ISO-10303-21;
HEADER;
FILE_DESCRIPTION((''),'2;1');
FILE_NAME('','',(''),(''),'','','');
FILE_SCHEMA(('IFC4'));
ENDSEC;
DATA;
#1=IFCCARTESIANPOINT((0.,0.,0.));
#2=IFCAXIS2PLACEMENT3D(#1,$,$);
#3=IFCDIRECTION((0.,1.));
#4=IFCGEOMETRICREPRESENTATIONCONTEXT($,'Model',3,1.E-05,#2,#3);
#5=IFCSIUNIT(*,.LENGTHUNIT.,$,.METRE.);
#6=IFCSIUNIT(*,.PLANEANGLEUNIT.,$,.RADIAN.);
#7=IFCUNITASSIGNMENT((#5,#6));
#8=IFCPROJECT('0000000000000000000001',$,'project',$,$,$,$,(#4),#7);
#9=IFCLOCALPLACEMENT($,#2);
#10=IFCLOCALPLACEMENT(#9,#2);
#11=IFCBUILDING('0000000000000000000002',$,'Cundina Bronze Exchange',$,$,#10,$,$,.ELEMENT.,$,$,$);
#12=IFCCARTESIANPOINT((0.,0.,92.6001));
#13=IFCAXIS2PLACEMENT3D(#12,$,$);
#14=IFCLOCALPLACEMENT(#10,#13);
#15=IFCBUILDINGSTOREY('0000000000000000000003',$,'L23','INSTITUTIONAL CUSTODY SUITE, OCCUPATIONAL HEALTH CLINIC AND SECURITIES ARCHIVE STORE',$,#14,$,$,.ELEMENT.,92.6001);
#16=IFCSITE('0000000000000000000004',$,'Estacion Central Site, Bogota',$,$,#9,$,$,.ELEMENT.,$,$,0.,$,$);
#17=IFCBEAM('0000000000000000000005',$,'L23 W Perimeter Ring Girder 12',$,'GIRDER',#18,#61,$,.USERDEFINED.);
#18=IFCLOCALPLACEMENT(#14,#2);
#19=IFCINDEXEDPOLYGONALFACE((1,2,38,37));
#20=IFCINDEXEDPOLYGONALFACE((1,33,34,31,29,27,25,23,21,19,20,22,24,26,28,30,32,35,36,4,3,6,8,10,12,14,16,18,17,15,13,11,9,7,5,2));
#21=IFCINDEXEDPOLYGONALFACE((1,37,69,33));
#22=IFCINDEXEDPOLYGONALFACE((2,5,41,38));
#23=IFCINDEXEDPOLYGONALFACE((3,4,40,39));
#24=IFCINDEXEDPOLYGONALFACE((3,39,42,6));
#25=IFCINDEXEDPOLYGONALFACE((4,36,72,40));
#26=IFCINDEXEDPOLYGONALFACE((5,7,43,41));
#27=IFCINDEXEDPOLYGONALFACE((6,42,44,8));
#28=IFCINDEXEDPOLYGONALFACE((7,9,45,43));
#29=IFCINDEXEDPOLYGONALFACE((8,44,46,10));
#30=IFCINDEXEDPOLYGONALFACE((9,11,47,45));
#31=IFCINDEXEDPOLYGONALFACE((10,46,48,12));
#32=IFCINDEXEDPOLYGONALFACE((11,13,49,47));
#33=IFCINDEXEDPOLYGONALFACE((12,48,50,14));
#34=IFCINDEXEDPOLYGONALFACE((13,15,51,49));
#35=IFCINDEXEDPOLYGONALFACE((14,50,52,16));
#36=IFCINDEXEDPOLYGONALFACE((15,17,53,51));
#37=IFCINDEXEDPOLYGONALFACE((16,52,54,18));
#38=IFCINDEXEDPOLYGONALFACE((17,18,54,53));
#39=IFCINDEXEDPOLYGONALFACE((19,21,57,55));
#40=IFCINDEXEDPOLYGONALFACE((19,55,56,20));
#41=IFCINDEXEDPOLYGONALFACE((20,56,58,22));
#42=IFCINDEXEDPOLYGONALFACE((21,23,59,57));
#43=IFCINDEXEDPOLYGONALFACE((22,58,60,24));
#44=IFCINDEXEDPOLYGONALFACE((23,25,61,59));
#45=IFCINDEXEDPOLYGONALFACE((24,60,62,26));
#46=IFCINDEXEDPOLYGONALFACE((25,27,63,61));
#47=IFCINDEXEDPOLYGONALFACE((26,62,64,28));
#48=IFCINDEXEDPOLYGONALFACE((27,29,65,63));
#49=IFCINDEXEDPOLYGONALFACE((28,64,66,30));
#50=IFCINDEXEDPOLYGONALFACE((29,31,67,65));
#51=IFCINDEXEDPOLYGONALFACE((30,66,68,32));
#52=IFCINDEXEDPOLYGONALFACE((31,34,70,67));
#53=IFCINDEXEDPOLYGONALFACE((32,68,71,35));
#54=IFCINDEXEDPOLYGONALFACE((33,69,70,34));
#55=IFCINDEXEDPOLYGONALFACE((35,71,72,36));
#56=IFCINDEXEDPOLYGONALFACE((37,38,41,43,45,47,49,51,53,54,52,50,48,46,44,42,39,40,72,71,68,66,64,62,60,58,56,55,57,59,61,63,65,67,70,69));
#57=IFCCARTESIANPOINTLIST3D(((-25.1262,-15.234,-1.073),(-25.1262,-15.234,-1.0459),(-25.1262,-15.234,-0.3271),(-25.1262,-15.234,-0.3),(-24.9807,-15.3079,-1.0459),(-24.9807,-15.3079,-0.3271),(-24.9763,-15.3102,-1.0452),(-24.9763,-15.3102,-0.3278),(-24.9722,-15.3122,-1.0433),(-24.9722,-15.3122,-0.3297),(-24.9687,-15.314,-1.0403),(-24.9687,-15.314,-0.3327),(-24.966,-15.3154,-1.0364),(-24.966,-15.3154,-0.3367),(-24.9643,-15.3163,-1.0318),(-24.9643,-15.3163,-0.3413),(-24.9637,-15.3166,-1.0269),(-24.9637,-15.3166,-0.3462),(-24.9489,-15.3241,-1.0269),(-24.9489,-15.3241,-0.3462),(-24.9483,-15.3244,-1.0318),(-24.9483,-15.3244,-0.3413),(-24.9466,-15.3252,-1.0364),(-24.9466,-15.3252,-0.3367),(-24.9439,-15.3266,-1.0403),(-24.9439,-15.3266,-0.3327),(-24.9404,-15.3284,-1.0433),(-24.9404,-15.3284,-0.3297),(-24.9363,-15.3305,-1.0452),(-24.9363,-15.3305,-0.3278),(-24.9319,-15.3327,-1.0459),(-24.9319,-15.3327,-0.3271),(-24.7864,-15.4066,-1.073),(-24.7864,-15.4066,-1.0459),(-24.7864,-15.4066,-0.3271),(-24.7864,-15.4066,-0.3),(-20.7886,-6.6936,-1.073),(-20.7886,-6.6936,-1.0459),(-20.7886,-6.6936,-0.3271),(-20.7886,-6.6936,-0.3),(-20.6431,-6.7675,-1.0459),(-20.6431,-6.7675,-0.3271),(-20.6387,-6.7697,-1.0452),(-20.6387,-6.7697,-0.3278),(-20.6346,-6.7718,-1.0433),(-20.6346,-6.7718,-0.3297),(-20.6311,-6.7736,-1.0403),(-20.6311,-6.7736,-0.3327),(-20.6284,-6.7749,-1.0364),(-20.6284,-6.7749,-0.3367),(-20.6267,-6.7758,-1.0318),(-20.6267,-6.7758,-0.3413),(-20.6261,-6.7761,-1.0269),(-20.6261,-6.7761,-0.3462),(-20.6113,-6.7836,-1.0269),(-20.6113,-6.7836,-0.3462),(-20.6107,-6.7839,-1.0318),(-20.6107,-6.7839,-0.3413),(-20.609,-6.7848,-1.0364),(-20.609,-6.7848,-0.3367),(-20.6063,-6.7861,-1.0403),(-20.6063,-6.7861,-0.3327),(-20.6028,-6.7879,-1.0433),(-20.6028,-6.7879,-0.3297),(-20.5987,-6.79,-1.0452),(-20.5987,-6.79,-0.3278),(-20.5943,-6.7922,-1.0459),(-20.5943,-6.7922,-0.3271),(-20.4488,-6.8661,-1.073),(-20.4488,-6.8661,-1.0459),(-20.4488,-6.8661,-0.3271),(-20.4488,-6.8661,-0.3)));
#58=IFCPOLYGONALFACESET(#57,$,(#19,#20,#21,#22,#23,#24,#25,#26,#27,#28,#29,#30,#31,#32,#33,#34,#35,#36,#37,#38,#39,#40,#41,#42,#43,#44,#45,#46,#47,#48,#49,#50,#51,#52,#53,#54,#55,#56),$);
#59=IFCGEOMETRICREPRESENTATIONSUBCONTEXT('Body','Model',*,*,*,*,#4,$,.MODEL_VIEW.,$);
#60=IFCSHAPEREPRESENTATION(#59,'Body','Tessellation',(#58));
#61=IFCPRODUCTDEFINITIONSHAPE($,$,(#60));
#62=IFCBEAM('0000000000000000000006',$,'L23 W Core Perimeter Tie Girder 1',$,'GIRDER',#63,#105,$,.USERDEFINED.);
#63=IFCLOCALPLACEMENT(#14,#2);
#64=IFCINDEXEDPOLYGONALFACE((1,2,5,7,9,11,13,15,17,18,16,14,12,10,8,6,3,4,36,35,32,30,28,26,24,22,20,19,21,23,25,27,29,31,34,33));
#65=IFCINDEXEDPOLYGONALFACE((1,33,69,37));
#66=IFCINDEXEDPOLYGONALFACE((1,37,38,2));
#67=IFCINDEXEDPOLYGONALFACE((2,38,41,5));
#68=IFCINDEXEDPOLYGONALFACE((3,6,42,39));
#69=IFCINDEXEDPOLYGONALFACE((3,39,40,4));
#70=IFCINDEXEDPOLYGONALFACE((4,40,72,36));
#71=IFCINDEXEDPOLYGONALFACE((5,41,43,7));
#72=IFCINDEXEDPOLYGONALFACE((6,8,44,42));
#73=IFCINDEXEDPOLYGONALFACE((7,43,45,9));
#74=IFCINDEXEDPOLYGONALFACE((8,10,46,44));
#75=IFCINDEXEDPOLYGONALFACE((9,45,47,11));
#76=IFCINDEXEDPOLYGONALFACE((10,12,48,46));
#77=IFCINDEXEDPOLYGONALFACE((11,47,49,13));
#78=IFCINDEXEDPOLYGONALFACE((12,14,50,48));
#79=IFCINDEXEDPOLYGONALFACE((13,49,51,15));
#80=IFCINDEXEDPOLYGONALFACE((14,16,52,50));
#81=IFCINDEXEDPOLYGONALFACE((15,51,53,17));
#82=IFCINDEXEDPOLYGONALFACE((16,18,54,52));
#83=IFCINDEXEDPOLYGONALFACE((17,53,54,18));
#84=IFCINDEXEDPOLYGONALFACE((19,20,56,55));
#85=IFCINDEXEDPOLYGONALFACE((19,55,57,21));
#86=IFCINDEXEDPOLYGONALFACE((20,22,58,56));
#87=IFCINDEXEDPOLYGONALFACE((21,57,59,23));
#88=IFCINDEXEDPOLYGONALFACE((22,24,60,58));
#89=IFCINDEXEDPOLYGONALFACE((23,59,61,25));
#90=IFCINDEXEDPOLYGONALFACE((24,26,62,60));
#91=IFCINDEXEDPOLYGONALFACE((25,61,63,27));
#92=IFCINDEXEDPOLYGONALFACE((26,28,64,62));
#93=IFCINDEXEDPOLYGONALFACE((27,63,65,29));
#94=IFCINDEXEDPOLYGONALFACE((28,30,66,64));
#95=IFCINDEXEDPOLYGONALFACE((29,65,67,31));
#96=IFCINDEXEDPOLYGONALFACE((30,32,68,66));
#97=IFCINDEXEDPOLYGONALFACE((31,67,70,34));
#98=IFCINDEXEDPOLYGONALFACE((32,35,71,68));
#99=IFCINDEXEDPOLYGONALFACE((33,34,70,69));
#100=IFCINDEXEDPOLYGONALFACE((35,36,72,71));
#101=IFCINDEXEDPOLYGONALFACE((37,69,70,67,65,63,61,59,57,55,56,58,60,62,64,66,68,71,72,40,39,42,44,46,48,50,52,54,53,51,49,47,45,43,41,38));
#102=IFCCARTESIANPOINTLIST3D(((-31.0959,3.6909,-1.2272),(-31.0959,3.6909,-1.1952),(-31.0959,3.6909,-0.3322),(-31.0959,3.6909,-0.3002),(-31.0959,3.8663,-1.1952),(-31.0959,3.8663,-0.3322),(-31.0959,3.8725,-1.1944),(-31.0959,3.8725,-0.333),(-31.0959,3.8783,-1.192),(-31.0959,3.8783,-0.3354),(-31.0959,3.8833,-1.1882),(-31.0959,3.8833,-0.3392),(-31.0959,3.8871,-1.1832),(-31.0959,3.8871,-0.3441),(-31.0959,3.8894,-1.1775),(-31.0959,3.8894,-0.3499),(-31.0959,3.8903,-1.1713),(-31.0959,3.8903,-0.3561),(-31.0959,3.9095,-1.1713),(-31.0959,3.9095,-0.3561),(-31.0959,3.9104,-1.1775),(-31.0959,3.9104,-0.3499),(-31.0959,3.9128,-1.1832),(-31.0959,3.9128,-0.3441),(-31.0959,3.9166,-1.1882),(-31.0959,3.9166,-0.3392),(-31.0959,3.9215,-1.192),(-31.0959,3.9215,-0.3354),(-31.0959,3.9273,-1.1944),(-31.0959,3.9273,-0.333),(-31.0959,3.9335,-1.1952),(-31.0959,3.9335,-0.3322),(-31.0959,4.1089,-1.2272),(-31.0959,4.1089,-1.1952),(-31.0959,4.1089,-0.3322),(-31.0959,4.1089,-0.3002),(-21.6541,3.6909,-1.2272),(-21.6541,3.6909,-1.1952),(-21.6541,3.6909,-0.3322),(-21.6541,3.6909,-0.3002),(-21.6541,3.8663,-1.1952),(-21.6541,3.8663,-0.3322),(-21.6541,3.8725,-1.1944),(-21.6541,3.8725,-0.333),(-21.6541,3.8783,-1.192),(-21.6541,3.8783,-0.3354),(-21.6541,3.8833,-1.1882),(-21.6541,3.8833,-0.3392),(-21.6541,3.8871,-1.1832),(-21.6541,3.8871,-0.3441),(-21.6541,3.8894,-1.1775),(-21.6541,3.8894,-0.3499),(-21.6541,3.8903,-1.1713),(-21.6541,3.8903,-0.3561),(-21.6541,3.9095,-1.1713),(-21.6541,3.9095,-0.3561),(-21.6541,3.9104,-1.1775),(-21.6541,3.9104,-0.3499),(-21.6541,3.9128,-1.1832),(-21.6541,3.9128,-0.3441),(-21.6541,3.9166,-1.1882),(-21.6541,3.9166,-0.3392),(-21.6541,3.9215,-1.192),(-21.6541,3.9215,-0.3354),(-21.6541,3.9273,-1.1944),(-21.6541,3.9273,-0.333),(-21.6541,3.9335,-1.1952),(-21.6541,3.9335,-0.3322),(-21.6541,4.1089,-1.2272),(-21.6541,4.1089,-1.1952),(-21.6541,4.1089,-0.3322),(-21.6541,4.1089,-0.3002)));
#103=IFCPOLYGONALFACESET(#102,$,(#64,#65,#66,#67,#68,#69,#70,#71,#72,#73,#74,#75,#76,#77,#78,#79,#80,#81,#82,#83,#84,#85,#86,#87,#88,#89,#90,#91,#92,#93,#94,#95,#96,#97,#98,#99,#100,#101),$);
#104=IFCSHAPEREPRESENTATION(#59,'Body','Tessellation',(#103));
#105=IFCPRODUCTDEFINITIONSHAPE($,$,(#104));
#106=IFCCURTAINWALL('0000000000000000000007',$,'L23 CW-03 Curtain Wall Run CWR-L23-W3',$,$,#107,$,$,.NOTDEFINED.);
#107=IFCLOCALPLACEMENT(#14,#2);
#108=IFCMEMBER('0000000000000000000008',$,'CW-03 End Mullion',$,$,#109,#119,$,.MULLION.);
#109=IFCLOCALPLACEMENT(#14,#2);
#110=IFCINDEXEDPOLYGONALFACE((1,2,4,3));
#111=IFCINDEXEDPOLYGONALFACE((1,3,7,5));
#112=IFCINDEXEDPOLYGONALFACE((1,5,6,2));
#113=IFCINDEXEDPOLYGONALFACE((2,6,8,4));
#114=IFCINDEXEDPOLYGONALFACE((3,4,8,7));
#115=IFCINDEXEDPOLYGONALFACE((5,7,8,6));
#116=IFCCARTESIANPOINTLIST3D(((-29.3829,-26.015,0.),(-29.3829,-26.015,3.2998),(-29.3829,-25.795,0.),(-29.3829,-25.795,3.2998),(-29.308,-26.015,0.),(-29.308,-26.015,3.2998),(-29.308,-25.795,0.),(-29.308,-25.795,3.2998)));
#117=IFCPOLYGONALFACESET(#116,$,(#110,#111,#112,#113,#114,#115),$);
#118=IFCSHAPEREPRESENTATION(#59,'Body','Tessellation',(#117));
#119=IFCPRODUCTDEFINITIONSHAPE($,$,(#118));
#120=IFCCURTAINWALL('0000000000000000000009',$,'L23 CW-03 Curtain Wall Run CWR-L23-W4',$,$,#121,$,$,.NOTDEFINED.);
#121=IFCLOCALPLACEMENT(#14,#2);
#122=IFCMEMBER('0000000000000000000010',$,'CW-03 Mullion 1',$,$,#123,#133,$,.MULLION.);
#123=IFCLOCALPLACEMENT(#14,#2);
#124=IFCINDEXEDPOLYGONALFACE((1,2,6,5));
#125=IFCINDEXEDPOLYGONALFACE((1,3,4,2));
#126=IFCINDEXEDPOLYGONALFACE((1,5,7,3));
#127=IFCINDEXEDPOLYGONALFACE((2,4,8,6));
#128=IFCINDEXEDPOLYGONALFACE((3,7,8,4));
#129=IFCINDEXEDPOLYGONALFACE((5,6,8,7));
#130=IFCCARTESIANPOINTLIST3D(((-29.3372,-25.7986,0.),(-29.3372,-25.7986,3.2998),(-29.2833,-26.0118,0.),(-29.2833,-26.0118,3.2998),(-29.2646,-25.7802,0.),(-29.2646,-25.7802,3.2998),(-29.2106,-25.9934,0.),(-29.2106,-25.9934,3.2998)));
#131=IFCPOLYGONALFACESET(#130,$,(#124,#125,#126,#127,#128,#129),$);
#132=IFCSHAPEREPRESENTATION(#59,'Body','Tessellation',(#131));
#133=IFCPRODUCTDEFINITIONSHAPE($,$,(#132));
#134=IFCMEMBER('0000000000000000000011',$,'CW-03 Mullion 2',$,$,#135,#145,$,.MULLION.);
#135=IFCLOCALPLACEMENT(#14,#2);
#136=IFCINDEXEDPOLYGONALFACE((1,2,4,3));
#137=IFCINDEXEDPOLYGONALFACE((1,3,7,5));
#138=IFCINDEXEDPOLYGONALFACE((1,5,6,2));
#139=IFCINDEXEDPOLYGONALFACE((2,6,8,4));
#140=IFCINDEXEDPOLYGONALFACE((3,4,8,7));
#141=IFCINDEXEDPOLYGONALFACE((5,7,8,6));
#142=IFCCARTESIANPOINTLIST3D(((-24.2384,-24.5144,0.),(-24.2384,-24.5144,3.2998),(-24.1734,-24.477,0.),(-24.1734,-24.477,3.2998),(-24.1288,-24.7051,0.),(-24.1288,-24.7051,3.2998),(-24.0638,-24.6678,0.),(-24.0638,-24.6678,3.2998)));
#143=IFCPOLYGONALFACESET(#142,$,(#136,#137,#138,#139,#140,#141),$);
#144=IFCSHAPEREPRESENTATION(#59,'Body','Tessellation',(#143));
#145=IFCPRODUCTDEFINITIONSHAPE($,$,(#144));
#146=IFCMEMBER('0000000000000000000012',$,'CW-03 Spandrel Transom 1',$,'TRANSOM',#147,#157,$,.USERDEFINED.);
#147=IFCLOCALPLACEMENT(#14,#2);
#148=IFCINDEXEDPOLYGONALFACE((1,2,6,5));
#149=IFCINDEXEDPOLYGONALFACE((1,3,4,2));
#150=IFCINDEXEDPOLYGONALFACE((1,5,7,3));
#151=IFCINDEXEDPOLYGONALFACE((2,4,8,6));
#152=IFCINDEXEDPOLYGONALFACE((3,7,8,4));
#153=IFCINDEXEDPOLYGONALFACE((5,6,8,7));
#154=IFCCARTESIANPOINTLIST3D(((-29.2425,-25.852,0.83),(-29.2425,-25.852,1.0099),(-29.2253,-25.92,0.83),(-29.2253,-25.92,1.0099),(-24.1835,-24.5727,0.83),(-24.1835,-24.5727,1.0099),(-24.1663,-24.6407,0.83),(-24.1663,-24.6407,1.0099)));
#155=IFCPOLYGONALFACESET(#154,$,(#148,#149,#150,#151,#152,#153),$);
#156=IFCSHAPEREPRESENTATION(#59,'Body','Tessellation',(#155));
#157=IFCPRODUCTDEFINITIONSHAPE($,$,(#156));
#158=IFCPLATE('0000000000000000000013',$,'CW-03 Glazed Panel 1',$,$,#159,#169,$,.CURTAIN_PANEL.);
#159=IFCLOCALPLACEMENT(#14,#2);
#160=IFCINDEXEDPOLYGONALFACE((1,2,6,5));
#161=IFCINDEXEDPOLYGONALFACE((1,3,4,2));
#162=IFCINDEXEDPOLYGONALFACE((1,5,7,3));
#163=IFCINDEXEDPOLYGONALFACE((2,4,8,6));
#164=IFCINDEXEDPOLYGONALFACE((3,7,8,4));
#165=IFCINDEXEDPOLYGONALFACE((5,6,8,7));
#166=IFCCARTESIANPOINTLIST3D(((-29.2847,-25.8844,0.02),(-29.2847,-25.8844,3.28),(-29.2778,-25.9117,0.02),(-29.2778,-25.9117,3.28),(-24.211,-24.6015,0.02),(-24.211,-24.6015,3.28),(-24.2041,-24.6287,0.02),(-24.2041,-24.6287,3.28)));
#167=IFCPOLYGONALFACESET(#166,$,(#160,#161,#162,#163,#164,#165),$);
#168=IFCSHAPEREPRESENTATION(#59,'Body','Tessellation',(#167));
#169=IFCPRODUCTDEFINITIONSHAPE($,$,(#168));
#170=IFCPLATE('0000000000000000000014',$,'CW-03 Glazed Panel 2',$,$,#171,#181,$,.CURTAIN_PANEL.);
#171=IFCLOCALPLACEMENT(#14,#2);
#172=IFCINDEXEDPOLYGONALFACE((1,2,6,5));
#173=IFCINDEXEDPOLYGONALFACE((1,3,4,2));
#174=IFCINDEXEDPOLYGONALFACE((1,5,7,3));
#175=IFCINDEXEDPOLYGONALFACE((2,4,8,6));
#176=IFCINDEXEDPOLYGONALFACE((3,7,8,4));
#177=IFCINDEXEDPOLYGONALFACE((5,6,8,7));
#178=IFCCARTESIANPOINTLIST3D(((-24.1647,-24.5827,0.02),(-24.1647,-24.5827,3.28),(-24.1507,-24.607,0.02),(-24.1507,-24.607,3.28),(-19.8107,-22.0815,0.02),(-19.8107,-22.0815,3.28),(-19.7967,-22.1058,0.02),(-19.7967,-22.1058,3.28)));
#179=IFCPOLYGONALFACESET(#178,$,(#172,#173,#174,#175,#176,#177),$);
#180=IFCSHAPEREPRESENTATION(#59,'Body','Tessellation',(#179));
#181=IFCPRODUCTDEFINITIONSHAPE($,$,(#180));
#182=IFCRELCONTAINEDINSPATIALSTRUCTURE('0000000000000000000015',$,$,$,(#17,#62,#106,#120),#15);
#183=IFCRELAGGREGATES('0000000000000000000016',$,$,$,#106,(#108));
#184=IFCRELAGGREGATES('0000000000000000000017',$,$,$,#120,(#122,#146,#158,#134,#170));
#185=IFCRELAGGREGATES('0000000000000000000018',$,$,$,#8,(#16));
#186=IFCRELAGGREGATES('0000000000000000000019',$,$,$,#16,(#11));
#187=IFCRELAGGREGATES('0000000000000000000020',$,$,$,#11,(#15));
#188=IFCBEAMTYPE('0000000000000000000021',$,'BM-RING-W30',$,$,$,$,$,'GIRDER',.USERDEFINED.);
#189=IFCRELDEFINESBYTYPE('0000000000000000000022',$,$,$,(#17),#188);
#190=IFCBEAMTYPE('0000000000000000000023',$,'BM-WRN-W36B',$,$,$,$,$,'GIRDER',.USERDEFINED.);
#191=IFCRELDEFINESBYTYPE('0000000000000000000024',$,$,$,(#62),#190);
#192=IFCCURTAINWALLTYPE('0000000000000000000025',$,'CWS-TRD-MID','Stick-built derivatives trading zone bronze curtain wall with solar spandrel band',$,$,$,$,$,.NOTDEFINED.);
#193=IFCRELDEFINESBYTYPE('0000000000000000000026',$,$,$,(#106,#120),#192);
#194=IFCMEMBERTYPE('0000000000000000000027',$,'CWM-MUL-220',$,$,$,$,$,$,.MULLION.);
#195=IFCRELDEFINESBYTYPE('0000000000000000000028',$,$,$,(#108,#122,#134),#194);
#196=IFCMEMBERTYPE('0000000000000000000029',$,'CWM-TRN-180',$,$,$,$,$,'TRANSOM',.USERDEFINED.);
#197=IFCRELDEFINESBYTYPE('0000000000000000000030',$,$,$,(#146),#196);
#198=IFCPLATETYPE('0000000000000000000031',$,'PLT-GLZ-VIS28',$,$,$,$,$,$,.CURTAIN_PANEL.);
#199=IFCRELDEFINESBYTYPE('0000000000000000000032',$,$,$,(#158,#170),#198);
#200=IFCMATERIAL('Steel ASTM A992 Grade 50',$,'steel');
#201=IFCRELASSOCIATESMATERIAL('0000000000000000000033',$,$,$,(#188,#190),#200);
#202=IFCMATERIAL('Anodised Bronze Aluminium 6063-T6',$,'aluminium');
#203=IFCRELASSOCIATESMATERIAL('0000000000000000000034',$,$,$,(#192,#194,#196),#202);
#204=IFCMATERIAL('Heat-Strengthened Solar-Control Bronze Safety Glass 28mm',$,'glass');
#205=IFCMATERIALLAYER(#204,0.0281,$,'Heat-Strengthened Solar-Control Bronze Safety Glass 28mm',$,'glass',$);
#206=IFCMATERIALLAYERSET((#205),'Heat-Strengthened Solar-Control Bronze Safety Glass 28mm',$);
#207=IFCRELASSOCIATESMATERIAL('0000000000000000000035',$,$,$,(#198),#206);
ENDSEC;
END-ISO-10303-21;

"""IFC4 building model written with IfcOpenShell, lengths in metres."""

from ifc_helpers import new_model, si_unit, direction, frame, origin, origin_2d, place, context, subcontext, project, spatial, rectangle, i_section, extrude, material, layer, layer_set, material_profile, profile_set, type_object, element, aggregate, save


model = new_model("IFC4")

# Units and contexts
model_context = context("Model", 3, precision=1e-05, world=origin(), true_north=direction((0.0, 1.0)))
body_context = subcontext(model_context, "Body", "Model", "MODEL_VIEW")
ifc_project = project(units=[si_unit("LENGTHUNIT", "METRE"), si_unit("PLANEANGLEUNIT", "RADIAN")], contexts=[model_context])

# Site, building, storey
site_placement = place(None, origin())
site = spatial("IfcSite", under=ifc_project, at=site_placement, Name="Estacion Central Site, Bogota", CompositionType="ELEMENT", RefElevation=0.0)
building_placement = place(site_placement, origin())
building = spatial("IfcBuilding", under=site, at=building_placement, Name="Cundina Bronze Exchange", CompositionType="ELEMENT")
storey_placement = place(building_placement, frame((0.0, 0.0, 92.6001)))
storey = spatial("IfcBuildingStorey", under=building, at=storey_placement, Name="L23", Description="INSTITUTIONAL CUSTODY SUITE, OCCUPATIONAL HEALTH CLINIC AND SECURITIES ARCHIVE STORE", CompositionType="ELEMENT", Elevation=92.6001)

# Shared definitions
ifc_material_1 = material(Name="Steel ASTM A992 Grade 50", Category="steel")

# Beams
ifc_material_profile_1 = material_profile(ifc_material_1, i_section(OverallWidth=0.3811, OverallDepth=0.7729, WebThickness=0.0166, FlangeThickness=0.0271, FilletRadius=0.019, at=origin_2d()), Name="W30X173", Category="steel")
ifc_profile_set_1 = profile_set([ifc_material_profile_1], Name="Steel ASTM A992 Grade 50")
beam_type_1 = type_object("IfcBeamType", Name="BM-RING-W30", ElementType="GIRDER", PredefinedType="USERDEFINED", material=ifc_profile_set_1)
beam_1_placement = place(storey_placement, frame((-24.9563, -15.3203, -0.6865), z_axis=(0.452832, 0.891596, 0.0), x_axis=(-0.891596, 0.452832, 0.0)))
element("IfcBeam", 1, at=beam_1_placement, inside=storey, type_object=beam_type_1, Name="L23 W Perimeter Ring Girder 12", ObjectType="GIRDER", PredefinedType="USERDEFINED", context=body_context, shape_type="SweptSolid", body=[
    extrude(i_section(OverallWidth=0.3811, OverallDepth=0.7729, WebThickness=0.0166, FlangeThickness=0.0271, FilletRadius=0.019, at=origin_2d()), origin(), (0.0, 0.0, 1.0), 9.5789),
])
ifc_material_profile_2 = material_profile(ifc_material_1, i_section(OverallWidth=0.418, OverallDepth=0.927, WebThickness=0.0193, FlangeThickness=0.032, FilletRadius=0.0239, at=origin_2d()), Name="W36X231", Category="steel")
ifc_profile_set_2 = profile_set([ifc_material_profile_2], Name="Steel ASTM A992 Grade 50")
beam_type_2 = type_object("IfcBeamType", Name="BM-WRN-W36B", ElementType="GIRDER", PredefinedType="USERDEFINED", material=ifc_profile_set_2)
beam_2_placement = place(storey_placement, frame((-31.0959, 3.8999, -0.7637), z_axis=(1.0, 0.0, 0.0), x_axis=(0.0, 1.0, 0.0)))
element("IfcBeam", 2, at=beam_2_placement, inside=storey, type_object=beam_type_2, Name="L23 W Core Perimeter Tie Girder 1", ObjectType="GIRDER", PredefinedType="USERDEFINED", context=body_context, shape_type="SweptSolid", body=[
    extrude(i_section(OverallWidth=0.418, OverallDepth=0.927, WebThickness=0.0193, FlangeThickness=0.032, FilletRadius=0.0239, at=origin_2d()), origin(), (0.0, 0.0, 1.0), 9.4419),
])

# Curtain wall, member
ifc_material_2 = material(Name="Anodised Bronze Aluminium 6063-T6", Category="aluminium")
curtain_wall_type = type_object("IfcCurtainWallType", Name="CWS-TRD-MID", Description="Stick-built derivatives trading zone bronze curtain wall with solar spandrel band", PredefinedType="NOTDEFINED", material=ifc_material_2)
curtain_wall_1_placement = place(storey_placement, origin())
curtain_wall_1 = element("IfcCurtainWall", 3, at=curtain_wall_1_placement, inside=storey, type_object=curtain_wall_type, Name="L23 CW-03 Curtain Wall Run CWR-L23-W3", PredefinedType="NOTDEFINED")
ifc_material_profile_3 = material_profile(ifc_material_2, rectangle(XDim=0.075, YDim=0.22, at=origin_2d()), Name="AL75X220", Category="aluminium")
ifc_profile_set_3 = profile_set([ifc_material_profile_3], Name="Anodised Bronze Aluminium 6063-T6")
member_type_1 = type_object("IfcMemberType", Name="CWM-MUL-220", PredefinedType="MULLION", material=ifc_profile_set_3)
member_1_placement = place(storey_placement, frame((-29.3455, -25.905, 0.0), z_axis=(0.0, 0.0, 1.0), x_axis=(1.0, 0.0, 0.0)))
member_1 = element("IfcMember", 4, at=member_1_placement, type_object=member_type_1, Name="CW-03 End Mullion", PredefinedType="MULLION", context=body_context, shape_type="SweptSolid", body=[
    extrude(rectangle(XDim=0.075, YDim=0.22, at=origin_2d()), origin(), (0.0, 0.0, 1.0), 3.2998),
])
aggregate(curtain_wall_1, [member_1])

# Curtain wall, members, plates
curtain_wall_2_placement = place(storey_placement, origin())
curtain_wall_2 = element("IfcCurtainWall", 5, at=curtain_wall_2_placement, inside=storey, type_object=curtain_wall_type, Name="L23 CW-03 Curtain Wall Run CWR-L23-W4", PredefinedType="NOTDEFINED")
member_2_placement = place(storey_placement, frame((-29.2739, -25.896, 0.0), z_axis=(0.0, 0.0, 1.0), x_axis=(0.969488, 0.245138, 0.0)))
member_2 = element("IfcMember", 6, at=member_2_placement, type_object=member_type_1, Name="CW-03 Mullion 1", PredefinedType="MULLION", context=body_context, shape_type="SweptSolid", body=[
    extrude(rectangle(XDim=0.075, YDim=0.22, at=origin_2d()), origin(), (0.0, 0.0, 1.0), 3.2998),
])
member_3_placement = place(storey_placement, frame((-24.1511, -24.5911, 0.0), z_axis=(0.0, 0.0, 1.0), x_axis=(0.867071, 0.498185, 0.0)))
member_3 = element("IfcMember", 7, at=member_3_placement, type_object=member_type_1, Name="CW-03 Mullion 2", PredefinedType="MULLION", context=body_context, shape_type="SweptSolid", body=[
    extrude(rectangle(XDim=0.075, YDim=0.22, at=origin_2d()), origin(), (0.0, 0.0, 1.0), 3.2998),
])
ifc_material_profile_4 = material_profile(ifc_material_2, rectangle(XDim=0.0701, YDim=0.1799, at=origin_2d()), Name="AL70X180", Category="aluminium")
ifc_profile_set_4 = profile_set([ifc_material_profile_4], Name="Anodised Bronze Aluminium 6063-T6")
member_type_2 = type_object("IfcMemberType", Name="CWM-TRN-180", ElementType="TRANSOM", PredefinedType="USERDEFINED", material=ifc_profile_set_4)
member_4_placement = place(storey_placement, frame((-29.2339, -25.886, 0.9199), z_axis=(0.969484, 0.245155, 0.0), x_axis=(-0.245155, 0.969484, 0.0)))
member_4 = element("IfcMember", 8, at=member_4_placement, type_object=member_type_2, Name="CW-03 Spandrel Transom 1", ObjectType="TRANSOM", PredefinedType="USERDEFINED", context=body_context, shape_type="SweptSolid", body=[
    extrude(rectangle(XDim=0.0701, YDim=0.1799, at=origin_2d()), origin(), (0.0, 0.0, 1.0), 5.2183),
])
ifc_material_3 = material(Name="Heat-Strengthened Solar-Control Bronze Safety Glass 28mm", Category="glass")
ifc_layer_1 = layer(ifc_material_3, 0.0281, Name="Heat-Strengthened Solar-Control Bronze Safety Glass 28mm", Category="glass")
ifc_layer_set_1 = layer_set([ifc_layer_1], Name="Heat-Strengthened Solar-Control Bronze Safety Glass 28mm")
plate_type = type_object("IfcPlateType", Name="PLT-GLZ-VIS28", PredefinedType="CURTAIN_PANEL", material=ifc_layer_set_1)
plate_1_placement = place(storey_placement, frame((-26.7444, -25.2566, 0.02), z_axis=(0.0, 0.0, 1.0), x_axis=(0.969488, 0.245138, 0.0)))
plate_1 = element("IfcPlate", 9, at=plate_1_placement, type_object=plate_type, Name="CW-03 Glazed Panel 1", PredefinedType="CURTAIN_PANEL", context=body_context, shape_type="SweptSolid", body=[
    extrude(rectangle(XDim=5.2334, YDim=0.0281, at=origin_2d()), origin(), (0.0, 0.0, 1.0), 3.26),
])
plate_2_placement = place(storey_placement, frame((-21.9807, -23.3442, 0.02), z_axis=(0.0, 0.0, 1.0), x_axis=(0.867105, 0.498125, 0.0)))
plate_2 = element("IfcPlate", 10, at=plate_2_placement, type_object=plate_type, Name="CW-03 Glazed Panel 2", PredefinedType="CURTAIN_PANEL", context=body_context, shape_type="SweptSolid", body=[
    extrude(rectangle(XDim=5.0212, YDim=0.0281, at=origin_2d()), origin(), (0.0, 0.0, 1.0), 3.26),
])
aggregate(curtain_wall_2, [member_2, member_4, plate_1, member_3, plate_2])

save(model, "model.ifc")
